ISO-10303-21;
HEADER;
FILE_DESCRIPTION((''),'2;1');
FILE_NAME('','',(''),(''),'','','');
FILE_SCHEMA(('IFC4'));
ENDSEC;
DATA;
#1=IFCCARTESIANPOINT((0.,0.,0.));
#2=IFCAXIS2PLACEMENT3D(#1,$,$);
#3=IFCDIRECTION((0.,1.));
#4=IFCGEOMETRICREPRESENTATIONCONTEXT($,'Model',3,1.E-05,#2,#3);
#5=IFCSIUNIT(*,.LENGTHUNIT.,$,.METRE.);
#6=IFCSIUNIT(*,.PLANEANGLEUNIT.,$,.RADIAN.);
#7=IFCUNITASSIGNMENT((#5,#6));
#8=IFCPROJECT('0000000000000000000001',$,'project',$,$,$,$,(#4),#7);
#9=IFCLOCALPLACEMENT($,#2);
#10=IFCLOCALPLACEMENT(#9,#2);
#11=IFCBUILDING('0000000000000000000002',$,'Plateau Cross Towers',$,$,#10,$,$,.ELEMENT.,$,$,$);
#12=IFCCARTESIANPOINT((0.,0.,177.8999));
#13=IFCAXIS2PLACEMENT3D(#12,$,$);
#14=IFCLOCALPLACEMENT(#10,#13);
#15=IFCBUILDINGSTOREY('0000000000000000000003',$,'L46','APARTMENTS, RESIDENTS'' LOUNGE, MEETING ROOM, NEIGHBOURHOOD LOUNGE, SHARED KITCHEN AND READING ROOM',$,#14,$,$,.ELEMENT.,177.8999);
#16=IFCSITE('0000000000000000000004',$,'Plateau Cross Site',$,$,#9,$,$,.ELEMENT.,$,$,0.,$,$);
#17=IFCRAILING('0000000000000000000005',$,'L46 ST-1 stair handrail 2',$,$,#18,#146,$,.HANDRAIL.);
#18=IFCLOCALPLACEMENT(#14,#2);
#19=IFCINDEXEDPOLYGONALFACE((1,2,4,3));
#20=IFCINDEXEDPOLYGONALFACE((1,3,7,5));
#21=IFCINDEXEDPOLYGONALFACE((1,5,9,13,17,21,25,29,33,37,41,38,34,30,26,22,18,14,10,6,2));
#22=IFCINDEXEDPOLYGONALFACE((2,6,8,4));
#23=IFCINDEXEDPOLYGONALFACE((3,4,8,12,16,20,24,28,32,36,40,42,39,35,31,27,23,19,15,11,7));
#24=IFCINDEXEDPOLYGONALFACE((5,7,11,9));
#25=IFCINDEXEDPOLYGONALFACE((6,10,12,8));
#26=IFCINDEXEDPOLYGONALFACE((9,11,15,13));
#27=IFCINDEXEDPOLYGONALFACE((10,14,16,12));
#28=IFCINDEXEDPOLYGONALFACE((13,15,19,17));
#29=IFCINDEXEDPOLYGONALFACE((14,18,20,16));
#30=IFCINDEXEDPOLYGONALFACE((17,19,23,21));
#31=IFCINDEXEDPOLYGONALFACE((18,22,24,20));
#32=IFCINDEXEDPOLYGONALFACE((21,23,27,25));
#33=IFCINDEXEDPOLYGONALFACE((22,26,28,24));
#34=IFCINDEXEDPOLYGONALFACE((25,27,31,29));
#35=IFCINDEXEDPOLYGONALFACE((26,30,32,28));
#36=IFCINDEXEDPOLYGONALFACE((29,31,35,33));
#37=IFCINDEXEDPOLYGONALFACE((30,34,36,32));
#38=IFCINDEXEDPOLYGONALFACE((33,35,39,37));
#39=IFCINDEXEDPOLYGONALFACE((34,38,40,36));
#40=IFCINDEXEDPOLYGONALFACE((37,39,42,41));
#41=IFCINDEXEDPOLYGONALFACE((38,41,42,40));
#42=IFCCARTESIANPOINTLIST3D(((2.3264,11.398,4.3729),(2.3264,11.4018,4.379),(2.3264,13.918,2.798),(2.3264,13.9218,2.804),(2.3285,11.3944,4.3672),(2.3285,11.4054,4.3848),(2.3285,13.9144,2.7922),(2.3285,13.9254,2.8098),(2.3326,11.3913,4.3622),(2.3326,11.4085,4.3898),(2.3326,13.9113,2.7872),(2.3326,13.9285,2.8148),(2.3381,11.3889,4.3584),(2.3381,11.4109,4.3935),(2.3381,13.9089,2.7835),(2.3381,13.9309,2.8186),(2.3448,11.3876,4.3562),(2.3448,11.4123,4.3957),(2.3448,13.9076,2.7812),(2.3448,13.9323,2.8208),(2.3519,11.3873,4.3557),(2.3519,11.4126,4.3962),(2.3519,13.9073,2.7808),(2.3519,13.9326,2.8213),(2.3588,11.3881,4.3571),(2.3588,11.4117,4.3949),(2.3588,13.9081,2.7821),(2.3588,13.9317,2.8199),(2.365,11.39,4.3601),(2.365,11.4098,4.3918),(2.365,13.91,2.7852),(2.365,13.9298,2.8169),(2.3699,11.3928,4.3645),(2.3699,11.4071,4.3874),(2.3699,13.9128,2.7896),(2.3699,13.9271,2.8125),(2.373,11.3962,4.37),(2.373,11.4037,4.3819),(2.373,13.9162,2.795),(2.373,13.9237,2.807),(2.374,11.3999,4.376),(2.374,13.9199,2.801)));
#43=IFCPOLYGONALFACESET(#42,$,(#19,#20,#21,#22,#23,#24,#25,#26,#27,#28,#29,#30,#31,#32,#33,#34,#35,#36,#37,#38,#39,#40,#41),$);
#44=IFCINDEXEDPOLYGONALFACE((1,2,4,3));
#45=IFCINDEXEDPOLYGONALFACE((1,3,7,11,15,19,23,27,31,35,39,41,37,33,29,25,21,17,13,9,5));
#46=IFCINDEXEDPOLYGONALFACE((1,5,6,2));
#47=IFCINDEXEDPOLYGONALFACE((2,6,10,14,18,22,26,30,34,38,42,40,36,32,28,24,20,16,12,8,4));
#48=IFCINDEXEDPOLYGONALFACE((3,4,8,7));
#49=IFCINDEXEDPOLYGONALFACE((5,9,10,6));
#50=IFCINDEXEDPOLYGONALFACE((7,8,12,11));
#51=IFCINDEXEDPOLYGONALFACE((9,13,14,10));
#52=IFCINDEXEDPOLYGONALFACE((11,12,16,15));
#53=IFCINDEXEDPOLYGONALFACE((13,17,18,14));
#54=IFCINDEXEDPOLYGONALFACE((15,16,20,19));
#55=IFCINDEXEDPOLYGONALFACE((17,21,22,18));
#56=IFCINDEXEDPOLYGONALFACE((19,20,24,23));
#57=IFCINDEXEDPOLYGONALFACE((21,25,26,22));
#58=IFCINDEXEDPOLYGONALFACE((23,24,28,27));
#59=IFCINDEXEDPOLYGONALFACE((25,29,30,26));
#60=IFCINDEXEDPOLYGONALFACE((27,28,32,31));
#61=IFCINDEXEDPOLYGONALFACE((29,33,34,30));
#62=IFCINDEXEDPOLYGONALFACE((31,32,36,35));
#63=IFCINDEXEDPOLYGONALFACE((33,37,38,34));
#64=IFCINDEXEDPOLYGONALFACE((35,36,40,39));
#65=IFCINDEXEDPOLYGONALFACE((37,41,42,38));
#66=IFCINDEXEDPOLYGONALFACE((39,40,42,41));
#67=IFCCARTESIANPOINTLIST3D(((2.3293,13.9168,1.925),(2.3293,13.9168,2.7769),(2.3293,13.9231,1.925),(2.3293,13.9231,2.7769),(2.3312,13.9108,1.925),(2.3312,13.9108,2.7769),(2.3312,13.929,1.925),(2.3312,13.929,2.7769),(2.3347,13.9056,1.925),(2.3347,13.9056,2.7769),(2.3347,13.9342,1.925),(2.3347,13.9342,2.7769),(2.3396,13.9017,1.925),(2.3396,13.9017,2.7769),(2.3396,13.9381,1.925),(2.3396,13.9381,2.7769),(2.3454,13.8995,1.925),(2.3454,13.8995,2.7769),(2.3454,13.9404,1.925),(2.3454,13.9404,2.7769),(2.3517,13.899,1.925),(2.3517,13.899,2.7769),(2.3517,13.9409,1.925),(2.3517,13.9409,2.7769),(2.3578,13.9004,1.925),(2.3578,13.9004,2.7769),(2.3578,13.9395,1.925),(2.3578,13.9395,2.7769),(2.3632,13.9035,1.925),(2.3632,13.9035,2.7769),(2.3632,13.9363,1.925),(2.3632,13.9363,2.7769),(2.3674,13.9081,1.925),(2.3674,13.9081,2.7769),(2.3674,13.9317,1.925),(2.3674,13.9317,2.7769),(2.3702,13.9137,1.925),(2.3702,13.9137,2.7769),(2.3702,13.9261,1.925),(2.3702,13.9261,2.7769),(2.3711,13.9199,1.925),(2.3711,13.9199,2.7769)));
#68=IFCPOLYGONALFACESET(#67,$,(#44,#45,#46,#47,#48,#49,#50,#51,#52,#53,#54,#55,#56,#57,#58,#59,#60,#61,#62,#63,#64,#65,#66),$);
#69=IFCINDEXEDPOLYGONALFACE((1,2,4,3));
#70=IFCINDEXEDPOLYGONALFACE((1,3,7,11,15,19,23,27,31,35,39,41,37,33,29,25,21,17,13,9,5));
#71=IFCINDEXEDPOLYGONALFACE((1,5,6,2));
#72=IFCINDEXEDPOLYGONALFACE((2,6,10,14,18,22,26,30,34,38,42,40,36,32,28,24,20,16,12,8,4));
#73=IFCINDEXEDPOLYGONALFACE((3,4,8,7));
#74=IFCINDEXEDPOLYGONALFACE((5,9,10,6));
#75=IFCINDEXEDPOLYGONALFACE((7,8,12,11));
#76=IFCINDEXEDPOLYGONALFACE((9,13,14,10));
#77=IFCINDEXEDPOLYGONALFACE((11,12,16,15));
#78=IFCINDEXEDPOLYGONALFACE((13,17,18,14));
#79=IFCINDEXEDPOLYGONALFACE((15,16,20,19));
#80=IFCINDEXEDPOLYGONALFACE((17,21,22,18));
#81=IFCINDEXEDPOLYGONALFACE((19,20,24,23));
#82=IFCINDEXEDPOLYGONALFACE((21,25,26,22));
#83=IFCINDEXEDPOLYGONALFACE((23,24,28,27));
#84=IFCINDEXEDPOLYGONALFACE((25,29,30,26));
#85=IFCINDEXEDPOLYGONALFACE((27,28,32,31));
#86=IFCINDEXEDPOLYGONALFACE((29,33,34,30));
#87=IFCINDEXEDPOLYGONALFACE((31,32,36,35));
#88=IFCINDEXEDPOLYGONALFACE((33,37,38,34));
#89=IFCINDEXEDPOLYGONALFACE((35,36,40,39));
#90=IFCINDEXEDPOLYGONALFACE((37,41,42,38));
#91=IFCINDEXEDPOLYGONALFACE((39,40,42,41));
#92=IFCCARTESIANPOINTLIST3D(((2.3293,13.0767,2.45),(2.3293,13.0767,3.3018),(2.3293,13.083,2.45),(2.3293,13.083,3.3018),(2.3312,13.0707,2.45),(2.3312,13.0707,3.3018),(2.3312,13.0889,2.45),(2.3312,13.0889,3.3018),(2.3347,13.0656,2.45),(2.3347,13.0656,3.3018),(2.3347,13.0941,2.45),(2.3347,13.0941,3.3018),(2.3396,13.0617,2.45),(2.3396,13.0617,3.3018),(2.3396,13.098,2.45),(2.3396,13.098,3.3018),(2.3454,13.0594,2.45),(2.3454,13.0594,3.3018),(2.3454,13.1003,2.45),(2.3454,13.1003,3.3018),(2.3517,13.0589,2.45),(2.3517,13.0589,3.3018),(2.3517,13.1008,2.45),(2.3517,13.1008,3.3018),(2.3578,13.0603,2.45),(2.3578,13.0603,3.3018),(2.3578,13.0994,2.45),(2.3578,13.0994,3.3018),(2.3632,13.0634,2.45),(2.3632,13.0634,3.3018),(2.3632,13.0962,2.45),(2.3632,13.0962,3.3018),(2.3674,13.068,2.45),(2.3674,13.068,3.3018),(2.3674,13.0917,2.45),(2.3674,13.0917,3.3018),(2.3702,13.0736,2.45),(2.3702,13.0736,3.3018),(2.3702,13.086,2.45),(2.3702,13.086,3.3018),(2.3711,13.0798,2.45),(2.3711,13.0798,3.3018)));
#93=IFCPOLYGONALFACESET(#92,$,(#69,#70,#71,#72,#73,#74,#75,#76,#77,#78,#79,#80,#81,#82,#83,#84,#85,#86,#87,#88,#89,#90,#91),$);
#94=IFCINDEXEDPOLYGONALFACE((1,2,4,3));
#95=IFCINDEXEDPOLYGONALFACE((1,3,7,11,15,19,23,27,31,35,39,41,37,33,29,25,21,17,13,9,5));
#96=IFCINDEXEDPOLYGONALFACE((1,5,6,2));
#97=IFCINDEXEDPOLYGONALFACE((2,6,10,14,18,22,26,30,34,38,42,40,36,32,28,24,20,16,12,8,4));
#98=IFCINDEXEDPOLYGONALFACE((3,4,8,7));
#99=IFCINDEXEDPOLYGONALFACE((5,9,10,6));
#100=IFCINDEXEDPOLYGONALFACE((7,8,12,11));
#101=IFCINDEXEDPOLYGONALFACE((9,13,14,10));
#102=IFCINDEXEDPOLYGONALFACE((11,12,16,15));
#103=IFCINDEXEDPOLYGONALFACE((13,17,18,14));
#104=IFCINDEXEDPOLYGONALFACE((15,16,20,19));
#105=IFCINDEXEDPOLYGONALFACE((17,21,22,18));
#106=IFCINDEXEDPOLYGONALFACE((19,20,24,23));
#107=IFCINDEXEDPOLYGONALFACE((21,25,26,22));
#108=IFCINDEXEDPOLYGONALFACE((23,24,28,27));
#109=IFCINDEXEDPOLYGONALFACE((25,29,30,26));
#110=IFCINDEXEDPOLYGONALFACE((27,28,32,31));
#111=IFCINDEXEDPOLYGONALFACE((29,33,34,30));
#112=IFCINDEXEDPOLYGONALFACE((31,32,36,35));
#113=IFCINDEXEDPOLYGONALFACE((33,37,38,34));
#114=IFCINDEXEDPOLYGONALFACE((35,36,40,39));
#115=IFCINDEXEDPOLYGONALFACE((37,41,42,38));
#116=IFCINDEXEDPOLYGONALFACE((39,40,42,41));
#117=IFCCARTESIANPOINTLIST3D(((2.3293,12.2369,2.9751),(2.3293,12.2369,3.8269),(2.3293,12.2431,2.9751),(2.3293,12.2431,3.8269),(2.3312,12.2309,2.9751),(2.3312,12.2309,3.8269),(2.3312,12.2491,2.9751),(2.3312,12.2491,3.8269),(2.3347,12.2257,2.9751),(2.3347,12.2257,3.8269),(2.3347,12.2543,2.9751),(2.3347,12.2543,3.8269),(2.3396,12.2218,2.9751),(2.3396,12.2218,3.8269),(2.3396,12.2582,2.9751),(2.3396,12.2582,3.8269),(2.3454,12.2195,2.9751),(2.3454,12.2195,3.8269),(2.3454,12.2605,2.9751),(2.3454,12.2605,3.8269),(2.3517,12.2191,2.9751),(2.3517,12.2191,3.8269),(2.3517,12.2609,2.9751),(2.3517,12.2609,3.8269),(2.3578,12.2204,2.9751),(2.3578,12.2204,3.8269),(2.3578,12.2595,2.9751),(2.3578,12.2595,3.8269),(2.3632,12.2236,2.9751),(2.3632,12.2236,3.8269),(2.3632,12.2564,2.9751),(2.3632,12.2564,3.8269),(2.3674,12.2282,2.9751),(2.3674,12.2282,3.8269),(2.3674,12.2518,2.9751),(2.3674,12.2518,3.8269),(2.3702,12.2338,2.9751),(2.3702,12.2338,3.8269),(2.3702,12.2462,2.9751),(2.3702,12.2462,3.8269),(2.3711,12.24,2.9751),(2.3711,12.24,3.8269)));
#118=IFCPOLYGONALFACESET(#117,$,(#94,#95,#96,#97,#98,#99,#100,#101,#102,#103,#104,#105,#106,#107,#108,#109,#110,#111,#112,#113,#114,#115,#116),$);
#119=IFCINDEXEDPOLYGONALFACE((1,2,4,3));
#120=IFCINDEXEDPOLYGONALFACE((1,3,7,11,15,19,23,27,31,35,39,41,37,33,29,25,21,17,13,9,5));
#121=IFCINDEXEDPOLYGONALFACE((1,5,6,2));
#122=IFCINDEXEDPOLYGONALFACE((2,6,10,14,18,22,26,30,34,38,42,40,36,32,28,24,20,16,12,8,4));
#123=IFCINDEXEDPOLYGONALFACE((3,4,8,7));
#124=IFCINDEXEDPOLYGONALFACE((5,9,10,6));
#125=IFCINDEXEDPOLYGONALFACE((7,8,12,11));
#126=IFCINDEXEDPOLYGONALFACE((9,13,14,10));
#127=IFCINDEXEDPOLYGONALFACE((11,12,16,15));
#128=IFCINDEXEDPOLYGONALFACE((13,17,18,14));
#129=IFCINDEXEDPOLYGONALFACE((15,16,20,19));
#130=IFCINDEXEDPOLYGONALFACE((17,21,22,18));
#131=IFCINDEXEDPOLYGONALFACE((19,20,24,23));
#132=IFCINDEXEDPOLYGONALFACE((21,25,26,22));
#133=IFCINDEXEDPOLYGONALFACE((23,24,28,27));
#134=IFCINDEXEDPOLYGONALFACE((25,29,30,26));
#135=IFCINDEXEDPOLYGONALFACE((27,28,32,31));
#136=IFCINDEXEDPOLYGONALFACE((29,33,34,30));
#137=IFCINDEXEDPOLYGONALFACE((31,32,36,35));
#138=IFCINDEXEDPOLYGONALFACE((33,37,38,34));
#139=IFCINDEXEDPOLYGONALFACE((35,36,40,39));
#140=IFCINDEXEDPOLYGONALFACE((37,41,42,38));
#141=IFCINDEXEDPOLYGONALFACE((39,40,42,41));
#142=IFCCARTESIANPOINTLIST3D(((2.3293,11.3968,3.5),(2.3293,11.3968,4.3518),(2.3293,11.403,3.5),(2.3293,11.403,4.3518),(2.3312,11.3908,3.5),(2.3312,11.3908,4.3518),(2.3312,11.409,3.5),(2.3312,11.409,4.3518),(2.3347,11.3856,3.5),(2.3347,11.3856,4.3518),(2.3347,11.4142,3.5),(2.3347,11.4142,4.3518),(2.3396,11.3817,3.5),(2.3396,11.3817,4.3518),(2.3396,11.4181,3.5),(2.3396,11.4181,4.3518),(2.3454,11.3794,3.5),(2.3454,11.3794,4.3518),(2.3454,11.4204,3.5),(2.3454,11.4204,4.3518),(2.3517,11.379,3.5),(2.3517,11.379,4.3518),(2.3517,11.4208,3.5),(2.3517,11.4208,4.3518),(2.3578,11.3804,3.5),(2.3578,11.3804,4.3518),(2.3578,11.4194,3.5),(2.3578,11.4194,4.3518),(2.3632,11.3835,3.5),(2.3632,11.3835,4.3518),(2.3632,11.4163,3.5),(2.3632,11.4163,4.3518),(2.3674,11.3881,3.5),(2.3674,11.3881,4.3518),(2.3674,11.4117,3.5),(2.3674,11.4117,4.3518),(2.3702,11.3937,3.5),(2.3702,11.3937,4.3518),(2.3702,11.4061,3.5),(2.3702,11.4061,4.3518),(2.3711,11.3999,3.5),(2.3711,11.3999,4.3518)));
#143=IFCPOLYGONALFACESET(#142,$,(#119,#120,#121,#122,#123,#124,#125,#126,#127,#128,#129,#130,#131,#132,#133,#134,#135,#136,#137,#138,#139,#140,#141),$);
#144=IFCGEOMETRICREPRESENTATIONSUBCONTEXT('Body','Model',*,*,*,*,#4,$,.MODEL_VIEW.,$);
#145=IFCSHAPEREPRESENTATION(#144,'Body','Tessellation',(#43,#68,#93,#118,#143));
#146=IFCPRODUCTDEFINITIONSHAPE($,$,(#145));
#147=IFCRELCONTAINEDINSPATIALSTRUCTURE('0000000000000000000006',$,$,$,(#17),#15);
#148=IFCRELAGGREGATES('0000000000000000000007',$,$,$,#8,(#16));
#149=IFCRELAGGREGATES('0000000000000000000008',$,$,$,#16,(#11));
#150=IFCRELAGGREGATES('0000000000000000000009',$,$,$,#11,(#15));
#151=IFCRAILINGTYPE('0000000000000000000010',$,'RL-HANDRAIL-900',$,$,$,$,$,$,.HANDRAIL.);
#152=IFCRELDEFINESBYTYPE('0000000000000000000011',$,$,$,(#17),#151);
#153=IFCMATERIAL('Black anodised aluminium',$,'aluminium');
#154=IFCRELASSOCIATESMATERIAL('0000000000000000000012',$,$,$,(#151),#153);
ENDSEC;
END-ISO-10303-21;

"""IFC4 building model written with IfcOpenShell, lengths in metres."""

from ifc_helpers import new_model, si_unit, direction, frame, origin, origin_2d, place, context, subcontext, project, spatial, circle, extrude, material, type_object, element, save


model = new_model("IFC4")

# Units and contexts
model_context = context("Model", 3, precision=1e-05, world=origin(), true_north=direction((0.0, 1.0)))
body_context = subcontext(model_context, "Body", "Model", "MODEL_VIEW")
ifc_project = project(units=[si_unit("LENGTHUNIT", "METRE"), si_unit("PLANEANGLEUNIT", "RADIAN")], contexts=[model_context])

# Site, building, storey
site_placement = place(None, origin())
site = spatial("IfcSite", under=ifc_project, at=site_placement, Name="Plateau Cross Site", CompositionType="ELEMENT", RefElevation=0.0)
building_placement = place(site_placement, origin())
building = spatial("IfcBuilding", under=site, at=building_placement, Name="Plateau Cross Towers", CompositionType="ELEMENT")
storey_placement = place(building_placement, frame((0.0, 0.0, 177.8999)))
storey = spatial("IfcBuildingStorey", under=building, at=storey_placement, Name="L46", Description="APARTMENTS, RESIDENTS' LOUNGE, MEETING ROOM, NEIGHBOURHOOD LOUNGE, SHARED KITCHEN AND READING ROOM", CompositionType="ELEMENT", Elevation=177.8999)

# Shared definitions
ifc_material_1 = material(Name="Black anodised aluminium", Category="aluminium")

# Railing
railing_type_1 = type_object("IfcRailingType", Name="RL-HANDRAIL-900", PredefinedType="HANDRAIL", material=ifc_material_1)
railing_1_placement = place(storey_placement, frame((2.3501, 13.9199, 1.925)))
element("IfcRailing", 1, at=railing_1_placement, inside=storey, type_object=railing_type_1, Name="L46 ST-1 stair handrail 2", PredefinedType="HANDRAIL", context=body_context, shape_type="SweptSolid", body=[
    extrude(circle(Radius=0.0239, at=origin_2d()), frame((0.0, 0.0, 0.876), z_axis=(0.0, -0.848008, 0.529984), x_axis=(1.0, 0.0, 0.0)), (0.0, 0.0, 1.0), 2.9717),
    extrude(circle(Radius=0.021, at=origin_2d()), origin(), (0.0, 0.0, 1.0), 0.8518),
    extrude(circle(Radius=0.021, at=origin_2d()), frame((0.0, -0.8401, 0.5249)), (0.0, 0.0, 1.0), 0.8518),
    extrude(circle(Radius=0.021, at=origin_2d()), frame((0.0, -1.6799, 1.05)), (0.0, 0.0, 1.0), 0.8518),
    extrude(circle(Radius=0.021, at=origin_2d()), frame((0.0, -2.52, 1.575)), (0.0, 0.0, 1.0), 0.8518),
])

save(model, "model.ifc")
